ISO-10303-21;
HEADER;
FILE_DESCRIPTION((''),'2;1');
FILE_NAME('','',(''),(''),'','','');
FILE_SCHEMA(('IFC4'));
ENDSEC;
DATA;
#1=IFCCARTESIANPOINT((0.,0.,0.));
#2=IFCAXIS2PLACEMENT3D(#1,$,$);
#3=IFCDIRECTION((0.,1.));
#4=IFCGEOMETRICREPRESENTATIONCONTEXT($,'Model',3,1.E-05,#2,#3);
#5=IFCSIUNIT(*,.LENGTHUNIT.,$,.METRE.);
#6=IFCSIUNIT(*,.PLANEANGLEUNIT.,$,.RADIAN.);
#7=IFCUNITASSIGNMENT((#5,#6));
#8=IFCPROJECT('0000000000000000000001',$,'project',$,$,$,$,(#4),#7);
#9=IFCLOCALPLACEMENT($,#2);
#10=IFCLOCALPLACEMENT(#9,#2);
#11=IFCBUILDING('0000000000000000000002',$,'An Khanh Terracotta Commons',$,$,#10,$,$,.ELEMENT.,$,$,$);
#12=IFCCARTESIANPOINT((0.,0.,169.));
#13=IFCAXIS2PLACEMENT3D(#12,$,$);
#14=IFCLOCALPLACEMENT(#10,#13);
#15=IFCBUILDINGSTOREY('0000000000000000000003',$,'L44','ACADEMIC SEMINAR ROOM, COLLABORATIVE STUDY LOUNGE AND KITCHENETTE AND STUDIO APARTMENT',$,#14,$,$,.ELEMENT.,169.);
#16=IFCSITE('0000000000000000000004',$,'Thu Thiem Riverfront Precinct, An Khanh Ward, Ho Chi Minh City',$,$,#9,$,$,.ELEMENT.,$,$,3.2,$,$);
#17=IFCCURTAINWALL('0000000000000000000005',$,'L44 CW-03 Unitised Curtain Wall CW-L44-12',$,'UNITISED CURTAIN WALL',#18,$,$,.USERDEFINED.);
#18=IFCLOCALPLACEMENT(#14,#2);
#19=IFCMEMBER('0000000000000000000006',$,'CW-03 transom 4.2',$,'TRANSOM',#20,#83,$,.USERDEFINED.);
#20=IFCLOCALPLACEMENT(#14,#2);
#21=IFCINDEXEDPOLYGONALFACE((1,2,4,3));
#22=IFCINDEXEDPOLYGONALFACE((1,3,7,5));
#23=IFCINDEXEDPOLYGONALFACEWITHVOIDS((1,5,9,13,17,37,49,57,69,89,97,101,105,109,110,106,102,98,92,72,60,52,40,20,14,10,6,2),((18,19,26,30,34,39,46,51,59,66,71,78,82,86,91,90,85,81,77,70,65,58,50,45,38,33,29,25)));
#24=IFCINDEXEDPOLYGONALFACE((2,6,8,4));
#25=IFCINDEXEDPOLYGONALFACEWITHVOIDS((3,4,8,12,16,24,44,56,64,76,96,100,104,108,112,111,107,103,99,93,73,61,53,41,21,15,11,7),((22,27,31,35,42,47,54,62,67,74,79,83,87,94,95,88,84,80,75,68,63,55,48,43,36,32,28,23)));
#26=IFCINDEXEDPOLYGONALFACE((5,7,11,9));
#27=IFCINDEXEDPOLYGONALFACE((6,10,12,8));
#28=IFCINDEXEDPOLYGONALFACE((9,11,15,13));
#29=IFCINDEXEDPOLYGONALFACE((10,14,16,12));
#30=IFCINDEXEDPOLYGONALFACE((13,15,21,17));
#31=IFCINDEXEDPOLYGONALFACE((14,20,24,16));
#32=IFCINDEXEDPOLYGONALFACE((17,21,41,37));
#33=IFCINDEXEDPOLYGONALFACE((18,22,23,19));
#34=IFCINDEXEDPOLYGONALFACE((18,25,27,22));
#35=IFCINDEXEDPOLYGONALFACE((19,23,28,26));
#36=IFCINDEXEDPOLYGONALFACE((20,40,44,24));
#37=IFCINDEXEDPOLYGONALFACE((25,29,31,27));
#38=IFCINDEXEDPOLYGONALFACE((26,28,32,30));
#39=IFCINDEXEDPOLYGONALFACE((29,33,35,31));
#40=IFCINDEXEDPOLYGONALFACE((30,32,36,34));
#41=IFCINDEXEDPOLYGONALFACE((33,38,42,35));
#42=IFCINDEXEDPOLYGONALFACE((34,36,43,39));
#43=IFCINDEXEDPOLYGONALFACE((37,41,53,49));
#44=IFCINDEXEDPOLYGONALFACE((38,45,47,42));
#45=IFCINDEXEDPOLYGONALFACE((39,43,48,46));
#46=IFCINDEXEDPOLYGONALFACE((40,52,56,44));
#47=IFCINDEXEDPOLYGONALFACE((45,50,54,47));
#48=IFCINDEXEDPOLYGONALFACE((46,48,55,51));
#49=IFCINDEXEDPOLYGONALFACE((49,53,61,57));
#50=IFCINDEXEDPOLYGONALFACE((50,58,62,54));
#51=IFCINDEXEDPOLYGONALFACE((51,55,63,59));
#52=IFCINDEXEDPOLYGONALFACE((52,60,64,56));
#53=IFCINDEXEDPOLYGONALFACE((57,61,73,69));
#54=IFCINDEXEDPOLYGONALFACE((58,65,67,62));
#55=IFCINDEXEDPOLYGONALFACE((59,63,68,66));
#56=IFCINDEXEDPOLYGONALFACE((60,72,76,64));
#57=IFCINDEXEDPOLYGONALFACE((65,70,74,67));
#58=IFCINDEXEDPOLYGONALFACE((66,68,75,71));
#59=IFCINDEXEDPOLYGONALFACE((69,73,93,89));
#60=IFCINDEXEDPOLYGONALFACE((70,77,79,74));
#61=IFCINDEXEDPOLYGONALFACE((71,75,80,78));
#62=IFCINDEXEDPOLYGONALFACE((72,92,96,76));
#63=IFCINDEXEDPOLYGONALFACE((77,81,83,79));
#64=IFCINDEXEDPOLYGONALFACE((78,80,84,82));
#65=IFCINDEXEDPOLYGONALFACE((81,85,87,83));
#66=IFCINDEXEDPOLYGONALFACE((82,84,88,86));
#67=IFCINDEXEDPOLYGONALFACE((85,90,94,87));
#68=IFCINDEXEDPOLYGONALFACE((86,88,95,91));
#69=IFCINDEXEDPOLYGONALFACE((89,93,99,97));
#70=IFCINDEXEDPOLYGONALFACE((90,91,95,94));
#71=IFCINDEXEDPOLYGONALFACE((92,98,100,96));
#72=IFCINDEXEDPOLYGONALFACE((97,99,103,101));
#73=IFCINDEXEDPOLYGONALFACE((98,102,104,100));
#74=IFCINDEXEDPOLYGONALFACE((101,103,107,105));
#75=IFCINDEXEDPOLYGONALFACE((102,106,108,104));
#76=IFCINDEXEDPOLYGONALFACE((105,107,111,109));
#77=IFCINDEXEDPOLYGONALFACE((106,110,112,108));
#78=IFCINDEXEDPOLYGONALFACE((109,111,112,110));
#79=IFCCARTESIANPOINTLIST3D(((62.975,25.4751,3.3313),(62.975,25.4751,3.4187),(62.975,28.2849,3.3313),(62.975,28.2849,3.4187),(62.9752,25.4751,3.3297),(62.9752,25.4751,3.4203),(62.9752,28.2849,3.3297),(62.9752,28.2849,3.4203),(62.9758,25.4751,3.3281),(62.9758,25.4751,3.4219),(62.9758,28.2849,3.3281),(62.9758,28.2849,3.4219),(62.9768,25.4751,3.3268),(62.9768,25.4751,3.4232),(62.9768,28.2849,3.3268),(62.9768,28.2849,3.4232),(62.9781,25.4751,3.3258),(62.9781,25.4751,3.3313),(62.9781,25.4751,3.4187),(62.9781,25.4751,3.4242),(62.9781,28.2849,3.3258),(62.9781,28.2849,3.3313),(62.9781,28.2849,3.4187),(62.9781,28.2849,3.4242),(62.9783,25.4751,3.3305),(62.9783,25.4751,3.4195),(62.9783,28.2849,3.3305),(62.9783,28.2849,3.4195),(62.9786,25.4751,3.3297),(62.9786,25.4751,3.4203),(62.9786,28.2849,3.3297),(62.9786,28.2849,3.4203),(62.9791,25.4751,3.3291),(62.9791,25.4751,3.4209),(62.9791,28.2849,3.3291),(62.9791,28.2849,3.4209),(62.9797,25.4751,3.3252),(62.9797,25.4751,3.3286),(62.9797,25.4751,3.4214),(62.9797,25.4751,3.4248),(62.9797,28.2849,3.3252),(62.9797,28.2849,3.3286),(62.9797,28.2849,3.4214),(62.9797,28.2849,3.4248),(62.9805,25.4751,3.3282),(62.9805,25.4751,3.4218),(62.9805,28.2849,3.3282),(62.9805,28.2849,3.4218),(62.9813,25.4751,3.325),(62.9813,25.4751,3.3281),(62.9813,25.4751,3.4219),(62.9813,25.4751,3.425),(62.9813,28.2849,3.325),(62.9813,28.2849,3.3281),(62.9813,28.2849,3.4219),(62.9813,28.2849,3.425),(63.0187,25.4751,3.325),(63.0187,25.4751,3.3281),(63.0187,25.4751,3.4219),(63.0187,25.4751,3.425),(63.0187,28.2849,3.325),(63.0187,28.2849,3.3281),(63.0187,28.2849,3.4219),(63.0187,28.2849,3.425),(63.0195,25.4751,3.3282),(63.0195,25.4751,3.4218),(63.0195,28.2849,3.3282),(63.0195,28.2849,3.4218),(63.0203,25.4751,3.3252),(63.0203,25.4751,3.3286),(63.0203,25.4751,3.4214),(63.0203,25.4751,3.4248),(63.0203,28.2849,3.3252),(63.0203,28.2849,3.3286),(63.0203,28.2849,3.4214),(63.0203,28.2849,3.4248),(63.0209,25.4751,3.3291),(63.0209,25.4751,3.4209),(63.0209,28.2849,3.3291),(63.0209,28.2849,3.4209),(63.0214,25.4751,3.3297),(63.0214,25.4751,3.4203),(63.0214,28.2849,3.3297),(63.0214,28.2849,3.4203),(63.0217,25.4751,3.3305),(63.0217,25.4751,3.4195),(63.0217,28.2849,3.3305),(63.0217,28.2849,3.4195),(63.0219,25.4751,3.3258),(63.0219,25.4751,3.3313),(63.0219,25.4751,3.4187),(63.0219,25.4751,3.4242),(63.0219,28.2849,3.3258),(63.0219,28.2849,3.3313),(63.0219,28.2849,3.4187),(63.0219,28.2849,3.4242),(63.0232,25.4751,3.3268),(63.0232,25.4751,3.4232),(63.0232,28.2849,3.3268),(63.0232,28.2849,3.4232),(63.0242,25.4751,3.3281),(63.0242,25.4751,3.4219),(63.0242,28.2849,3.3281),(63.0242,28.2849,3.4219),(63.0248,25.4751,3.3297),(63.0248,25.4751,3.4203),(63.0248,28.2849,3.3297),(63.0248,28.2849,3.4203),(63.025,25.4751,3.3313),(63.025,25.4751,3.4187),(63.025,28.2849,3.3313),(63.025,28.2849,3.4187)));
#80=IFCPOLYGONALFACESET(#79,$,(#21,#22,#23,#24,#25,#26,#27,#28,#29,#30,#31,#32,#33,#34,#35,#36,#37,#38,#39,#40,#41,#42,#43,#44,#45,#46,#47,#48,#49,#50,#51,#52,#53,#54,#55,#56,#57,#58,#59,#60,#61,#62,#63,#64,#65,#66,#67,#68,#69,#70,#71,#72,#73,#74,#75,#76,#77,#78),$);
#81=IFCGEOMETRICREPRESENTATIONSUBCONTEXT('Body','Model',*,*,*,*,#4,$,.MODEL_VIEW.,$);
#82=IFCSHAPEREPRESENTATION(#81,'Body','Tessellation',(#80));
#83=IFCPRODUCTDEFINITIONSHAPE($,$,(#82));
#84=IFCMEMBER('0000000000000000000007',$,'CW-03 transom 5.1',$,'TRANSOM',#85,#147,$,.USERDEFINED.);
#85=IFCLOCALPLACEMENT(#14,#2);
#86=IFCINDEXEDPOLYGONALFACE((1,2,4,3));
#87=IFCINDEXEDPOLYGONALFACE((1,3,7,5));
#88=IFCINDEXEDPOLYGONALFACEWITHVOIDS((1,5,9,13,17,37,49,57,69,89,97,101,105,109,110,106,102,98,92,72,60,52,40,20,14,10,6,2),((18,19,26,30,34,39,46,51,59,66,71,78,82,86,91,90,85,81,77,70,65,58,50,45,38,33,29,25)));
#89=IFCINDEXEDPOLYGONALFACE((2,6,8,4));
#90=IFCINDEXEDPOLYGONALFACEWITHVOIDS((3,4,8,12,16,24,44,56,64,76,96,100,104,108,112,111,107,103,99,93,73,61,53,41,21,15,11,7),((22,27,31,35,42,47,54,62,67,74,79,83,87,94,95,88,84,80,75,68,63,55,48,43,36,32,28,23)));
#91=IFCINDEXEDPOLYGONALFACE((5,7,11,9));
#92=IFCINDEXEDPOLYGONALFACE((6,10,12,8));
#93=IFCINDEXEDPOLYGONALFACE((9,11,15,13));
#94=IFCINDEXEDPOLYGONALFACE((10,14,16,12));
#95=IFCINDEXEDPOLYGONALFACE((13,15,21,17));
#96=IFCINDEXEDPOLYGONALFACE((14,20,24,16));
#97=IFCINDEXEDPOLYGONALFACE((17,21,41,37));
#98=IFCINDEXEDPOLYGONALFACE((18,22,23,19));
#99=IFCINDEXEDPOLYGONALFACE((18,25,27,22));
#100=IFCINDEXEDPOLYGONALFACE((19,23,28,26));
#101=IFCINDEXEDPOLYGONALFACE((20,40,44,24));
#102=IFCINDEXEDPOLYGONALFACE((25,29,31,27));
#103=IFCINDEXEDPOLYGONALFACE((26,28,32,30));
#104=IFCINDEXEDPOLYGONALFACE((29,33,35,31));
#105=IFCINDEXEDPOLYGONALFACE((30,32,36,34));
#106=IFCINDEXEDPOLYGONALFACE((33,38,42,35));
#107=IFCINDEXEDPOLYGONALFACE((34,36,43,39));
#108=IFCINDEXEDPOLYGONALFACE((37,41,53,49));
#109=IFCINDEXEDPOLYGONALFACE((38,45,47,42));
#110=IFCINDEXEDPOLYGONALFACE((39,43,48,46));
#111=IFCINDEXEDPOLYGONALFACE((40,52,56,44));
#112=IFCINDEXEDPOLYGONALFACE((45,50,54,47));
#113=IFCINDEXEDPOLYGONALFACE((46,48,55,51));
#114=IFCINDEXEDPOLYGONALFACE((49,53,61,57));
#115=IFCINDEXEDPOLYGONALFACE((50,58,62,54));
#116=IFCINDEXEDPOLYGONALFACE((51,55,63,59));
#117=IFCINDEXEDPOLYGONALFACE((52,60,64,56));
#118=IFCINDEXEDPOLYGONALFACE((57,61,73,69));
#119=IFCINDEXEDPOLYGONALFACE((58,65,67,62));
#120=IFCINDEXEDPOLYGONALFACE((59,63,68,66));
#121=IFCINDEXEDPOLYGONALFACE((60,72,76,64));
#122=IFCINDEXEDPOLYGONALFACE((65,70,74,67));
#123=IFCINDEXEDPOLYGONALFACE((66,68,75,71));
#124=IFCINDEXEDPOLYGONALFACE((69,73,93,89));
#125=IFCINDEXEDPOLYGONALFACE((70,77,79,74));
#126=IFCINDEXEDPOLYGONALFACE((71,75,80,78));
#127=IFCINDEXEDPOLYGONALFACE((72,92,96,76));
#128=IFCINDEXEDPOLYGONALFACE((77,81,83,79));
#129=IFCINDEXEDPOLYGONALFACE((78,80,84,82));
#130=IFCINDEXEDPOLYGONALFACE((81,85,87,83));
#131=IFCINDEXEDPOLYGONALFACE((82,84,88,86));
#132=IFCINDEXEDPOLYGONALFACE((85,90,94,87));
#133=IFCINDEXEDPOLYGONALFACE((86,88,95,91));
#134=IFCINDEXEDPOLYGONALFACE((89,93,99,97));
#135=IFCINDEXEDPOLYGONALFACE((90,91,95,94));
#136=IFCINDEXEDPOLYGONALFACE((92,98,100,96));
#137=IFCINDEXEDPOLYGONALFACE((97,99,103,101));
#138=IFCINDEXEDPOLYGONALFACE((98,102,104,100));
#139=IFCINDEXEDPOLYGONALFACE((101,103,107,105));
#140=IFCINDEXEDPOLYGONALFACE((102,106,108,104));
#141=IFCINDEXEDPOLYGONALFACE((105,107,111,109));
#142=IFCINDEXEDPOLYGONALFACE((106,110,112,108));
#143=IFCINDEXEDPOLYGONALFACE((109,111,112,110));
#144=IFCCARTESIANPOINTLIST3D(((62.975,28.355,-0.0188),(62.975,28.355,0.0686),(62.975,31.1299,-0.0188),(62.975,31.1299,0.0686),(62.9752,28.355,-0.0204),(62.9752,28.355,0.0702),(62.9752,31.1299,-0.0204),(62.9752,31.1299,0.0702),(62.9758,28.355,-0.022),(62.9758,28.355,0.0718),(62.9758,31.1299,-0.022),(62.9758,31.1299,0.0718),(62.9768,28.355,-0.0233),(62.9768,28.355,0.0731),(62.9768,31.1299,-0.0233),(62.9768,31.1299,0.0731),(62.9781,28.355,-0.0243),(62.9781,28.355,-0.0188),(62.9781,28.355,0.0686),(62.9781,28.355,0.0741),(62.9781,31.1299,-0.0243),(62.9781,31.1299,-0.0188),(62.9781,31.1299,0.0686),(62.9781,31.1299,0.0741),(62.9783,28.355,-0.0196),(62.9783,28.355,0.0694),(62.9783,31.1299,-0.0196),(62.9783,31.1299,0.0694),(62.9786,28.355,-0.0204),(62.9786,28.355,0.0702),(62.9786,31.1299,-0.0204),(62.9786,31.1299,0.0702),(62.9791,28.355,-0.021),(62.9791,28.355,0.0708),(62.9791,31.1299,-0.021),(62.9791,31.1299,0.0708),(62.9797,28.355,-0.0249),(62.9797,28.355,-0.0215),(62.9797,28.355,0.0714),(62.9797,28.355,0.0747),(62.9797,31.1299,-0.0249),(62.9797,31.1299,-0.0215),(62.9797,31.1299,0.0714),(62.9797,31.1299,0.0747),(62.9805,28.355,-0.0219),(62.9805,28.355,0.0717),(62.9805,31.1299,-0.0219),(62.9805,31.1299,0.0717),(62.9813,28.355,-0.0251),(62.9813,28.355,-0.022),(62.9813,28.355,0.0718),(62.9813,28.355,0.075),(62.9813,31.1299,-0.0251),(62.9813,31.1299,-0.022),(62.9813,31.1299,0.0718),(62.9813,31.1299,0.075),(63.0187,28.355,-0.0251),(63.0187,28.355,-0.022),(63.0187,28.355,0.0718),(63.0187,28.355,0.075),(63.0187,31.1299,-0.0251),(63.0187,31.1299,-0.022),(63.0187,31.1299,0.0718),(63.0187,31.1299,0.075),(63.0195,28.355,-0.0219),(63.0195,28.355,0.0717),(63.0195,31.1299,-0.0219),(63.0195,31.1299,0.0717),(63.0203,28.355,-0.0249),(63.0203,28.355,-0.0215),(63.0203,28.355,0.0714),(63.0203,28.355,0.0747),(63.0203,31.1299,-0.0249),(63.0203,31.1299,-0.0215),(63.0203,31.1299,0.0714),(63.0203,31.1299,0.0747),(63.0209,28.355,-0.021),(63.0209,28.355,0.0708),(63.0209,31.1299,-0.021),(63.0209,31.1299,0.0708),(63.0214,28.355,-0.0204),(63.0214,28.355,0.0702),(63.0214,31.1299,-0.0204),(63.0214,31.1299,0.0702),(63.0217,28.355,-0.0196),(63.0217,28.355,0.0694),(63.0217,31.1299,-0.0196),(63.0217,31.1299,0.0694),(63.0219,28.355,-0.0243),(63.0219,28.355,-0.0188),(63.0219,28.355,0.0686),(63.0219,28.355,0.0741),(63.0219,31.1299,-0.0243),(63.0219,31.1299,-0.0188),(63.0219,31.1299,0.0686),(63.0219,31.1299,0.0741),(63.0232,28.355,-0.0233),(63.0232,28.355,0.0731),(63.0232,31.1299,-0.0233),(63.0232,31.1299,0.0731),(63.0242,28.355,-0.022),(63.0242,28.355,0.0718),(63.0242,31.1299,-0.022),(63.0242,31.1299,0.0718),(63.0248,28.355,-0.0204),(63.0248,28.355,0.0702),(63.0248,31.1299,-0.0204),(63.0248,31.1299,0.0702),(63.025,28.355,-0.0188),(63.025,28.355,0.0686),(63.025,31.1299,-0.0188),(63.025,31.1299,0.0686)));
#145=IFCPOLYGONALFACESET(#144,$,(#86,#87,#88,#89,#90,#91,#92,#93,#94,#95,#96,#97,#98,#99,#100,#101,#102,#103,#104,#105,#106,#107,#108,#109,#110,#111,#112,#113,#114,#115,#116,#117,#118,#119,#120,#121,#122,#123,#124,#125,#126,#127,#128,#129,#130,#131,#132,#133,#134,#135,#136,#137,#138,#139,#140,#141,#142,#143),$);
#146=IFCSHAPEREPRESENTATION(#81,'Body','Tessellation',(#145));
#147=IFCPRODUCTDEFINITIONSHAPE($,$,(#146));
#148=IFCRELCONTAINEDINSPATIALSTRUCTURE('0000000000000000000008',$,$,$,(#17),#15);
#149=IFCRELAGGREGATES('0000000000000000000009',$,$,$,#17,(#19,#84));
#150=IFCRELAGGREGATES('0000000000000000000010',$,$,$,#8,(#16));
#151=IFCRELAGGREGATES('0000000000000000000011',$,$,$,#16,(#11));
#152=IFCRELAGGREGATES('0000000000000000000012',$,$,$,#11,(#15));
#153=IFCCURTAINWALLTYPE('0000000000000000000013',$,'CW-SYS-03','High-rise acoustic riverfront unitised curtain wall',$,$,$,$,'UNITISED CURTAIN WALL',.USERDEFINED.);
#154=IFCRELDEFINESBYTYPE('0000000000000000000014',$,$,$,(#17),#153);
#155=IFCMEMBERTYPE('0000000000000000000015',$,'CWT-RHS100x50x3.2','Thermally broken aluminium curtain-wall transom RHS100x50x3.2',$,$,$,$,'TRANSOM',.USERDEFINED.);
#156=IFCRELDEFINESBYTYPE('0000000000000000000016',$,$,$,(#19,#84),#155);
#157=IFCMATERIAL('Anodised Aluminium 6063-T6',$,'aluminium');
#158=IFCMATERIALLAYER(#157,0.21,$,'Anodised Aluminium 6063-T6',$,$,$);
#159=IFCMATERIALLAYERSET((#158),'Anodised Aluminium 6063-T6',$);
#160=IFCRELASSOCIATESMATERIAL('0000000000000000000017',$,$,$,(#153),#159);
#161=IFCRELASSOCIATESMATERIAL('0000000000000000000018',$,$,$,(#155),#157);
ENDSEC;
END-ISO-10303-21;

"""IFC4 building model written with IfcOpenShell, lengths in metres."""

from ifc_helpers import new_model, si_unit, direction, frame, origin, origin_2d, place, context, subcontext, project, spatial, hollow_rectangle, extrude, material, layer, layer_set, material_profile, profile_set, type_object, element, aggregate, save


model = new_model("IFC4")

# Units and contexts
model_context = context("Model", 3, precision=1e-05, world=origin(), true_north=direction((0.0, 1.0)))
body_context = subcontext(model_context, "Body", "Model", "MODEL_VIEW")
ifc_project = project(units=[si_unit("LENGTHUNIT", "METRE"), si_unit("PLANEANGLEUNIT", "RADIAN")], contexts=[model_context])

# Site, building, storey
site_placement = place(None, origin())
site = spatial("IfcSite", under=ifc_project, at=site_placement, Name="Thu Thiem Riverfront Precinct, An Khanh Ward, Ho Chi Minh City", CompositionType="ELEMENT", RefElevation=3.2)
building_placement = place(site_placement, origin())
building = spatial("IfcBuilding", under=site, at=building_placement, Name="An Khanh Terracotta Commons", CompositionType="ELEMENT")
storey_placement = place(building_placement, frame((0.0, 0.0, 169.0)))
storey = spatial("IfcBuildingStorey", under=building, at=storey_placement, Name="L44", Description="ACADEMIC SEMINAR ROOM, COLLABORATIVE STUDY LOUNGE AND KITCHENETTE AND STUDIO APARTMENT", CompositionType="ELEMENT", Elevation=169.0)

# Curtain wall
ifc_material_1 = material(Name="Anodised Aluminium 6063-T6", Category="aluminium")
ifc_layer_1 = layer(ifc_material_1, 0.21, Name="Anodised Aluminium 6063-T6")
ifc_layer_set_1 = layer_set([ifc_layer_1], Name="Anodised Aluminium 6063-T6")
curtain_wall_type = type_object("IfcCurtainWallType", Name="CW-SYS-03", Description="High-rise acoustic riverfront unitised curtain wall", ElementType="UNITISED CURTAIN WALL", PredefinedType="USERDEFINED", material=ifc_layer_set_1)
curtain_wall_1_placement = place(storey_placement, origin())
curtain_wall_1 = element("IfcCurtainWall", 1, at=curtain_wall_1_placement, inside=storey, type_object=curtain_wall_type, Name="L44 CW-03 Unitised Curtain Wall CW-L44-12", ObjectType="UNITISED CURTAIN WALL", PredefinedType="USERDEFINED")

# Members
ifc_material_profile_1 = material_profile(ifc_material_1, hollow_rectangle(XDim=0.05, YDim=0.1001, WallThickness=0.0032, InnerFilletRadius=0.0032, OuterFilletRadius=0.0063, at=origin_2d()), Name="RHS100x50x3.2")
ifc_profile_set_1 = profile_set([ifc_material_profile_1], Name="Anodised Aluminium 6063-T6")
member_type_1 = type_object("IfcMemberType", Name="CWT-RHS100x50x3.2", Description="Thermally broken aluminium curtain-wall transom RHS100x50x3.2", ElementType="TRANSOM", PredefinedType="USERDEFINED", material=ifc_profile_set_1)
member_1_placement = place(storey_placement, frame((63.0, 25.4751, 3.375), z_axis=(0.0, 1.0, 0.0), x_axis=(-1.0, 0.0, 0.0)))
member_1 = element("IfcMember", 2, at=member_1_placement, type_object=member_type_1, Name="CW-03 transom 4.2", ObjectType="TRANSOM", PredefinedType="USERDEFINED", context=body_context, shape_type="SweptSolid", body=[
    extrude(hollow_rectangle(XDim=0.05, YDim=0.1001, WallThickness=0.0032, InnerFilletRadius=0.0032, OuterFilletRadius=0.0063, at=origin_2d()), origin(), (0.0, 0.0, 1.0), 2.8098),
])
member_2_placement = place(storey_placement, frame((63.0, 28.355, 0.0249), z_axis=(0.0, 1.0, 0.0), x_axis=(-1.0, 0.0, 0.0)))
member_2 = element("IfcMember", 3, at=member_2_placement, type_object=member_type_1, Name="CW-03 transom 5.1", ObjectType="TRANSOM", PredefinedType="USERDEFINED", context=body_context, shape_type="SweptSolid", body=[
    extrude(hollow_rectangle(XDim=0.05, YDim=0.1001, WallThickness=0.0032, InnerFilletRadius=0.0032, OuterFilletRadius=0.0063, at=origin_2d()), origin(), (0.0, 0.0, 1.0), 2.7749),
])

aggregate(curtain_wall_1, [member_1, member_2])

save(model, "model.ifc")
